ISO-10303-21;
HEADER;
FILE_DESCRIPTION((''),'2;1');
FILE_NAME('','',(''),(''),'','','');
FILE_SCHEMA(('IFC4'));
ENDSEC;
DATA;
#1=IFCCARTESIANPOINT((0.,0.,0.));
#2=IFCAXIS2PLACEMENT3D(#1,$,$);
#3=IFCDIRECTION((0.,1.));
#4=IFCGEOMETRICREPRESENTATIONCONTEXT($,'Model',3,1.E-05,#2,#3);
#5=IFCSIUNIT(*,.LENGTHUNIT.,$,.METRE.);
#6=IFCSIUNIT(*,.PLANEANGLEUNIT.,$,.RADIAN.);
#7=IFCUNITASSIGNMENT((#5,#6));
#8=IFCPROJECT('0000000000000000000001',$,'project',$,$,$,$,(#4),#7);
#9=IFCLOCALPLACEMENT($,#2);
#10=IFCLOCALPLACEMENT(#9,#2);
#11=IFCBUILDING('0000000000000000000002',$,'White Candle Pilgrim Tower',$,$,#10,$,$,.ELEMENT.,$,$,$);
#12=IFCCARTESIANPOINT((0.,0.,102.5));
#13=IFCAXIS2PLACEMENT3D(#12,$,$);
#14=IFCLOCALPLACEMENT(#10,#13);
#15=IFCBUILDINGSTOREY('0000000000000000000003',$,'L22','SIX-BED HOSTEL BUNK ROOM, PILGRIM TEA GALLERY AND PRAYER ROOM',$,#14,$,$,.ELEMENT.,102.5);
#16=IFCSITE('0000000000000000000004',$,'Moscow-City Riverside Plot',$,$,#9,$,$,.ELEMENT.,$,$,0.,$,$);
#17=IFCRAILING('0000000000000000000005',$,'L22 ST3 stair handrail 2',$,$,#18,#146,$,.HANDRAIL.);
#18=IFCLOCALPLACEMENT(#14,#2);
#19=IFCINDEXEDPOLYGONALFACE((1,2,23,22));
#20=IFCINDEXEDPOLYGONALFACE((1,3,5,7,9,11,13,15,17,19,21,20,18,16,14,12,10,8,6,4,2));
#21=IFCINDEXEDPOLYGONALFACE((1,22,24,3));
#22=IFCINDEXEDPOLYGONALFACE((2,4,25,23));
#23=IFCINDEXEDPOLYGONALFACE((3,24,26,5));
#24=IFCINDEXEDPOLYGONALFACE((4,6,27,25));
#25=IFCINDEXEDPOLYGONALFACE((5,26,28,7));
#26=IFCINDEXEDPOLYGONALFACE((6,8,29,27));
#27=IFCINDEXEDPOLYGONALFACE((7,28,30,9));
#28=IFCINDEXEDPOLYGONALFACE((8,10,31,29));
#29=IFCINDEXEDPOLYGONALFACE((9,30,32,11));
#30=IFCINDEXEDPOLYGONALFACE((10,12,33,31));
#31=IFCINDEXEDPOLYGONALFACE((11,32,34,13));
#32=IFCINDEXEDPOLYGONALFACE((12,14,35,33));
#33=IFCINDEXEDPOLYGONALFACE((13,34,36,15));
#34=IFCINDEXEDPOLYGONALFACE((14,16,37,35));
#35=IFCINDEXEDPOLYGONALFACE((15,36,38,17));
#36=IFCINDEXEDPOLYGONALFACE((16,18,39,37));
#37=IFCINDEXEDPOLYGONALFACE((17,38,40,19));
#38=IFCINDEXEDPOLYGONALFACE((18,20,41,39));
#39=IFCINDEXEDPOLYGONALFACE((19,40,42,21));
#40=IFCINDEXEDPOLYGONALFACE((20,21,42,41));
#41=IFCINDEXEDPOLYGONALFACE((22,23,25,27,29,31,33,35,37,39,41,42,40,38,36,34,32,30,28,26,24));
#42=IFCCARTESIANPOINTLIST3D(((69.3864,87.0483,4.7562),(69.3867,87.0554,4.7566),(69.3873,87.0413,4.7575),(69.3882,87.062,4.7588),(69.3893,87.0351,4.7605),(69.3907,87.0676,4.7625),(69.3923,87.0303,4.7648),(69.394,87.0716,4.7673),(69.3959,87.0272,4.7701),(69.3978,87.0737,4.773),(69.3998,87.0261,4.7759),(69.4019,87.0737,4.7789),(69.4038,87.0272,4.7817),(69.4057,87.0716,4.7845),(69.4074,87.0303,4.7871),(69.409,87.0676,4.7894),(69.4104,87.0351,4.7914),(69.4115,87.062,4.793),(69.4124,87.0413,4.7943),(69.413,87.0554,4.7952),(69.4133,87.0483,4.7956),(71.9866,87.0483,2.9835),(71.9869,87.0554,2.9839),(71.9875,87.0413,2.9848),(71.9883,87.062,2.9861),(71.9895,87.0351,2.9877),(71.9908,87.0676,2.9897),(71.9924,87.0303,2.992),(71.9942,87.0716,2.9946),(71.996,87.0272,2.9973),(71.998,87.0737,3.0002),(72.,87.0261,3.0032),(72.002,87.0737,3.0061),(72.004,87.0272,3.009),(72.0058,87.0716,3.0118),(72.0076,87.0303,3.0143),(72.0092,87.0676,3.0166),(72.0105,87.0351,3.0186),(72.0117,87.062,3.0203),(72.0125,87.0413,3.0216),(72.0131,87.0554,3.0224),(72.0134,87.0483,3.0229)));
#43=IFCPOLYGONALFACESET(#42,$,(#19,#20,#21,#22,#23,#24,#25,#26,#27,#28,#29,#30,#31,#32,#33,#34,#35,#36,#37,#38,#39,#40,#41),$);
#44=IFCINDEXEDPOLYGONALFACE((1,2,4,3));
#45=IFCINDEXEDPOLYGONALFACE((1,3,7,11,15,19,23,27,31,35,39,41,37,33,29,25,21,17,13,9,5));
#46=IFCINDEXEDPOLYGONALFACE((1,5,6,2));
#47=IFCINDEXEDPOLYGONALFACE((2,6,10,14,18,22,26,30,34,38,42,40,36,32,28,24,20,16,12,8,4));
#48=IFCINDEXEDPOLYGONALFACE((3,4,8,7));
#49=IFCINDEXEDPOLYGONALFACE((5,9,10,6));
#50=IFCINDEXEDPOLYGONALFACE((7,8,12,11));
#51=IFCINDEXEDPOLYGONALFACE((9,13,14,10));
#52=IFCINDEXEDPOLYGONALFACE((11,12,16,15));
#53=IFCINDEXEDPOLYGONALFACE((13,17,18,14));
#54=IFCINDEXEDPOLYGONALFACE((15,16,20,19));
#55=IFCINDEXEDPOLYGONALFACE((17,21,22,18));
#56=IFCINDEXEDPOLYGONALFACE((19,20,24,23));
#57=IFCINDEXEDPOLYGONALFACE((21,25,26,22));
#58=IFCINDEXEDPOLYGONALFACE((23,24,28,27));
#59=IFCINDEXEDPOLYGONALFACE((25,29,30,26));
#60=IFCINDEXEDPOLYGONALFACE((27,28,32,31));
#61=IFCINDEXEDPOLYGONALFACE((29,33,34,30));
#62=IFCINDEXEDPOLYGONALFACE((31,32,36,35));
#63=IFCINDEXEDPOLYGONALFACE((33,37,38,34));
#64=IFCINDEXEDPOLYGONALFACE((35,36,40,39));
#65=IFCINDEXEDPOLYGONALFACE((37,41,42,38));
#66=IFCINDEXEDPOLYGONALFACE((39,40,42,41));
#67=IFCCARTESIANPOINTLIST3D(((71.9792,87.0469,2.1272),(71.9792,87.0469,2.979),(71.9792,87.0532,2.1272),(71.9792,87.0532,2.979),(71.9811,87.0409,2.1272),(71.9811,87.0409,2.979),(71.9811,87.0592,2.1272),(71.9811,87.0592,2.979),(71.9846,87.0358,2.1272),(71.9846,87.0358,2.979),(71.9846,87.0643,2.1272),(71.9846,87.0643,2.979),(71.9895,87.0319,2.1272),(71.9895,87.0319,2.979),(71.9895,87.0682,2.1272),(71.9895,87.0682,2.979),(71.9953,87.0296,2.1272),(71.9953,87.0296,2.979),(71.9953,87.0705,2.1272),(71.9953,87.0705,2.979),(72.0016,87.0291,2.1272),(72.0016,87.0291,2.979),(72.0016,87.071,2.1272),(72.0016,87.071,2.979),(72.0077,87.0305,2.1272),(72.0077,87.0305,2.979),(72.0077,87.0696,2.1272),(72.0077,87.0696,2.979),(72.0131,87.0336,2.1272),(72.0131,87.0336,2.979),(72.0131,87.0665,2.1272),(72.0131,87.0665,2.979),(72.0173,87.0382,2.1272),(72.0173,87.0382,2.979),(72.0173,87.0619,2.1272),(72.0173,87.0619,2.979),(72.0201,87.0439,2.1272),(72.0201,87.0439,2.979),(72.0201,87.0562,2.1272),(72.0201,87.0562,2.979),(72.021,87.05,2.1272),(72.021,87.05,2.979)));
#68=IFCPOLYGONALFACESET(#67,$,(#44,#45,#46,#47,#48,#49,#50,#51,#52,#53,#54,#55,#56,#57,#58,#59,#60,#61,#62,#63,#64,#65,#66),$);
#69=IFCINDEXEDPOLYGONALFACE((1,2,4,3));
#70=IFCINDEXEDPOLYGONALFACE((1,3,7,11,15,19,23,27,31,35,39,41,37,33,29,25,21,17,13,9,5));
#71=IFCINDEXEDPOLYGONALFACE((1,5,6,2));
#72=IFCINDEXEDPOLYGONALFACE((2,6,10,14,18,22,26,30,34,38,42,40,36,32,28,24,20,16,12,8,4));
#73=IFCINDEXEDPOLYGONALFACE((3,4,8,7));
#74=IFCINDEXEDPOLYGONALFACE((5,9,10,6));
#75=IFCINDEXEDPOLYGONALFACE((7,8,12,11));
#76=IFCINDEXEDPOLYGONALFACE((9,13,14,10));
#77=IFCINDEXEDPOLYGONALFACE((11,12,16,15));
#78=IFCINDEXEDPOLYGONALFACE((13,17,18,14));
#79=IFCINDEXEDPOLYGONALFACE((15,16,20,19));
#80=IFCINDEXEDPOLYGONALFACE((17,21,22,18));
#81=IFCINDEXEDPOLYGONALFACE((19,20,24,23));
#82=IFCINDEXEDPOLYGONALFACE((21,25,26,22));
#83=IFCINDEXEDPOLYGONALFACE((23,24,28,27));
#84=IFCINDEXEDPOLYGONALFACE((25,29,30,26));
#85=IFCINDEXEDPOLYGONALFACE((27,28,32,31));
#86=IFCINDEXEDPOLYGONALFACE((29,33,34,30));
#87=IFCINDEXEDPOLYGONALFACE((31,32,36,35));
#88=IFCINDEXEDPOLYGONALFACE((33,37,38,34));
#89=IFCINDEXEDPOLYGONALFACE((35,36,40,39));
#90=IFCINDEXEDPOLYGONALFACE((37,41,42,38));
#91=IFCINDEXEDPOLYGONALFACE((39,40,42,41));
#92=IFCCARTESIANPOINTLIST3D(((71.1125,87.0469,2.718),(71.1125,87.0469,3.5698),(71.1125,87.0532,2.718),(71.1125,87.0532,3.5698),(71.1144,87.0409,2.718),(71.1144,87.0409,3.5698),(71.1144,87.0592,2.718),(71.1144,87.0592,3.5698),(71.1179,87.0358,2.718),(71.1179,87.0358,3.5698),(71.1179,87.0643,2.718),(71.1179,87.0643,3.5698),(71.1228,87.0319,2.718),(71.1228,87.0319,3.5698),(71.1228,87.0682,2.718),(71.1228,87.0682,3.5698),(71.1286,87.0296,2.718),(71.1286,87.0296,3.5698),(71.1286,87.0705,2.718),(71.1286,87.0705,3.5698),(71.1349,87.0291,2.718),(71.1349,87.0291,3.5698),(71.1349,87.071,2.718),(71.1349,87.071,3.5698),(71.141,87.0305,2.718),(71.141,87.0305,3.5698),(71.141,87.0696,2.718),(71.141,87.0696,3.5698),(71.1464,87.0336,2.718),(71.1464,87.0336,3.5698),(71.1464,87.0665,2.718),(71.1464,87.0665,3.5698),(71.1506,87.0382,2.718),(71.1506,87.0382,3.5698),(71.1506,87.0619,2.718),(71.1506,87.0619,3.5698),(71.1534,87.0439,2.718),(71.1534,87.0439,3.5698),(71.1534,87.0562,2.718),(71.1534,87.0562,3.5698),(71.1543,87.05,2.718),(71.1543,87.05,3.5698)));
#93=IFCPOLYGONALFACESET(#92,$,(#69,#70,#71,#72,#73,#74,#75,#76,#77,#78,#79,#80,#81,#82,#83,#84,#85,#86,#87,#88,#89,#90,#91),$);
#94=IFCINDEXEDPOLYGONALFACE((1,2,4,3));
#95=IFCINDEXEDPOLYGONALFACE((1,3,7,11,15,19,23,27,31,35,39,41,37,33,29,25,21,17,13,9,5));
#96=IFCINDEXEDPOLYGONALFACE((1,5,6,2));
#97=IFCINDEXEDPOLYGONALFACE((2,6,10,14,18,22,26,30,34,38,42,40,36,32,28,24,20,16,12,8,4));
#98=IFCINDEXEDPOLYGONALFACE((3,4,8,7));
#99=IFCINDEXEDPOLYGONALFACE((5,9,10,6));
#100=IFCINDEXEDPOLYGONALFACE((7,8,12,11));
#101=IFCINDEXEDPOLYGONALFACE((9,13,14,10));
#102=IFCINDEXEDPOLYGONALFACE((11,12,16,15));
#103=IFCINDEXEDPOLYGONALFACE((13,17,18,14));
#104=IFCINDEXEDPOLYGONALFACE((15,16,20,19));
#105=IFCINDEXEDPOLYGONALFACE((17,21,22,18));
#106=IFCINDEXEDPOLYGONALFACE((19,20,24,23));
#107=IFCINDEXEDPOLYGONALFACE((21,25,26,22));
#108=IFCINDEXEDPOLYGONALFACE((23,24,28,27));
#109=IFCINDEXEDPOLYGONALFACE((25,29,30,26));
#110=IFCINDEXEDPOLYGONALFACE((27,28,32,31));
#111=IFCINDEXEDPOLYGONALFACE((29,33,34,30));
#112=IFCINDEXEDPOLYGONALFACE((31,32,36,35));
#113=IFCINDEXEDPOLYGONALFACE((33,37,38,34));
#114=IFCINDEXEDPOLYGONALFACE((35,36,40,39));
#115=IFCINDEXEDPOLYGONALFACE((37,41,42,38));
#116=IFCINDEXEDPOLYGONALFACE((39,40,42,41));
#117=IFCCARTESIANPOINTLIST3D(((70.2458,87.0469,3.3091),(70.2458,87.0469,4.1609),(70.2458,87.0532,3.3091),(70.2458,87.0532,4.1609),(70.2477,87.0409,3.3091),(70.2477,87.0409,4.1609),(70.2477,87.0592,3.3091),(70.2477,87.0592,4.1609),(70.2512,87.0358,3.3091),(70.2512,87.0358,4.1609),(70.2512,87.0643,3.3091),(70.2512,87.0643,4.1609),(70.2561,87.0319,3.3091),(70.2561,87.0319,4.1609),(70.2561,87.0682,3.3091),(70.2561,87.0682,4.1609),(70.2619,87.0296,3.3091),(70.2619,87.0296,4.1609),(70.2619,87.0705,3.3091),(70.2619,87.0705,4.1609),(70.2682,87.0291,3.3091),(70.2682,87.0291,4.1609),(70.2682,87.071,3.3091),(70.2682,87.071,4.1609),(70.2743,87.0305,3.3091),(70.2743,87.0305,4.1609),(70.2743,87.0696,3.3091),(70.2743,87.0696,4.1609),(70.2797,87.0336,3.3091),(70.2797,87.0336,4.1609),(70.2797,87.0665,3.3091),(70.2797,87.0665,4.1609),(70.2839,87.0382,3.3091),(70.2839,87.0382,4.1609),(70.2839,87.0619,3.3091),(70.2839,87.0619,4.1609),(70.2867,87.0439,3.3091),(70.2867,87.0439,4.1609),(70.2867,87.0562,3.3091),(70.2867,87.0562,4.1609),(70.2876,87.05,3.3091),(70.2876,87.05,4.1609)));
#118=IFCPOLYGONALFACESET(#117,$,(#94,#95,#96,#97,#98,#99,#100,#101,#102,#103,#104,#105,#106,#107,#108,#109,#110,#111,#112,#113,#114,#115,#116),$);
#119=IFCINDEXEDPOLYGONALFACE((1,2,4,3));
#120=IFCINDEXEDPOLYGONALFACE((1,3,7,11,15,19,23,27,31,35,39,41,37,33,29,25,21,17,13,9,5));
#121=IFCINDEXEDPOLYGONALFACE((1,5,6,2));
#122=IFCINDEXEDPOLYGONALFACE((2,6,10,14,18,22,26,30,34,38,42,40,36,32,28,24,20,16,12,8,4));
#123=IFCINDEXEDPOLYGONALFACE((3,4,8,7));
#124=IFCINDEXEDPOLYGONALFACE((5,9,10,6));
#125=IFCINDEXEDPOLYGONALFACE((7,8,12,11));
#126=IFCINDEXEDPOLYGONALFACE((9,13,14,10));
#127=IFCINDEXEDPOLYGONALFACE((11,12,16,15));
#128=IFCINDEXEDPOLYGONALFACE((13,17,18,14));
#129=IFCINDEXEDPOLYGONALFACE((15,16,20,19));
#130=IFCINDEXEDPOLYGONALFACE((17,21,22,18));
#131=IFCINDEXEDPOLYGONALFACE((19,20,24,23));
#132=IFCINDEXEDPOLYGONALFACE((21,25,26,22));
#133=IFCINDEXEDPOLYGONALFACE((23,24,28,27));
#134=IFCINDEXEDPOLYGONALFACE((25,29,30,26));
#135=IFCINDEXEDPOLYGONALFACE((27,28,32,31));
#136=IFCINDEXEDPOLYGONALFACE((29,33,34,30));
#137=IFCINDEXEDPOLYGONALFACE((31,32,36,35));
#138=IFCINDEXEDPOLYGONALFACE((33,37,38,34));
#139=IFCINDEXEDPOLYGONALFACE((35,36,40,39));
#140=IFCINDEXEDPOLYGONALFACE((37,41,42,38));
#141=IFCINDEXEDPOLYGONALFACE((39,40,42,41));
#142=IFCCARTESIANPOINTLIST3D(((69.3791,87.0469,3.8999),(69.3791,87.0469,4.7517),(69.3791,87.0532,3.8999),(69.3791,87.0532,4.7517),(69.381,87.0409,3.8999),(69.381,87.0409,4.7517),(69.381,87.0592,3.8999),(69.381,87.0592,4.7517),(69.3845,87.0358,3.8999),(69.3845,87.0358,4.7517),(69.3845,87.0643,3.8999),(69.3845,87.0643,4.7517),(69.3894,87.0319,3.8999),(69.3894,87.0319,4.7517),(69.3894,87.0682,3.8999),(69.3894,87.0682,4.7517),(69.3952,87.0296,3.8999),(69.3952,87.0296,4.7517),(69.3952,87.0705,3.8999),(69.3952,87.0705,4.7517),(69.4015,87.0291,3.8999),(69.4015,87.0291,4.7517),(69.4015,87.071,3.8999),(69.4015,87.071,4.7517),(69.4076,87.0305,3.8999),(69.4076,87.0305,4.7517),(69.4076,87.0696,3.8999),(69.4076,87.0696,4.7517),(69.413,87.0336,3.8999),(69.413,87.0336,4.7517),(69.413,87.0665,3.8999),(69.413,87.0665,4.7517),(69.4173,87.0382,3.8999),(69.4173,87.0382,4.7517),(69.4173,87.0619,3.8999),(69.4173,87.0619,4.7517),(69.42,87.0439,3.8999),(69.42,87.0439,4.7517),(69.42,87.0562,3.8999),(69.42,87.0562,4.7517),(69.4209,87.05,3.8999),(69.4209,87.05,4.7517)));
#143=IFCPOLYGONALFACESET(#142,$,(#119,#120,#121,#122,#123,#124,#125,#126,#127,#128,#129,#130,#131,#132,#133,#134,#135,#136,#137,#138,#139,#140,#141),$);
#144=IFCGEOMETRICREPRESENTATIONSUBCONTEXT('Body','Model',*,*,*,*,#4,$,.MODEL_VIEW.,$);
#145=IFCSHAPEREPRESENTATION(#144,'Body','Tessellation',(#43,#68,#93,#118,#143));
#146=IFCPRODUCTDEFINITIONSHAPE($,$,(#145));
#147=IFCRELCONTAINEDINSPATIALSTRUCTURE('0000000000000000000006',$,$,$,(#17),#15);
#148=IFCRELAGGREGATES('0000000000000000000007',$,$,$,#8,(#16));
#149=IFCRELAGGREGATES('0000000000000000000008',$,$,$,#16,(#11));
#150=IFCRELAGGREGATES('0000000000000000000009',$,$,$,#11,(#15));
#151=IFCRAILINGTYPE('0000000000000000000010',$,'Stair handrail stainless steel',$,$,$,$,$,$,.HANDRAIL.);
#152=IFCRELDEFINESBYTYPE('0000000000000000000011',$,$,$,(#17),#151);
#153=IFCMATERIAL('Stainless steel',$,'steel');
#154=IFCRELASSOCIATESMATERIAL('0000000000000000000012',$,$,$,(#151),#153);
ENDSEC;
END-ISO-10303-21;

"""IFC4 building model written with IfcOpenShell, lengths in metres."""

from ifc_helpers import new_model, si_unit, direction, frame, origin, origin_2d, place, context, subcontext, project, spatial, circle, extrude, material, type_object, element, save


model = new_model("IFC4")

# Units and contexts
model_context = context("Model", 3, precision=1e-05, world=origin(), true_north=direction((0.0, 1.0)))
body_context = subcontext(model_context, "Body", "Model", "MODEL_VIEW")
ifc_project = project(units=[si_unit("LENGTHUNIT", "METRE"), si_unit("PLANEANGLEUNIT", "RADIAN")], contexts=[model_context])

# Site, building, storey
site_placement = place(None, origin())
site = spatial("IfcSite", under=ifc_project, at=site_placement, Name="Moscow-City Riverside Plot", CompositionType="ELEMENT", RefElevation=0.0)
building_placement = place(site_placement, origin())
building = spatial("IfcBuilding", under=site, at=building_placement, Name="White Candle Pilgrim Tower", CompositionType="ELEMENT")
storey_placement = place(building_placement, frame((0.0, 0.0, 102.5)))
storey = spatial("IfcBuildingStorey", under=building, at=storey_placement, Name="L22", Description="SIX-BED HOSTEL BUNK ROOM, PILGRIM TEA GALLERY AND PRAYER ROOM", CompositionType="ELEMENT", Elevation=102.5)

# Railing
ifc_material_1 = material(Name="Stainless steel", Category="steel")
railing_type_1 = type_object("IfcRailingType", Name="Stair handrail stainless steel", PredefinedType="HANDRAIL", material=ifc_material_1)
railing_1_placement = place(storey_placement, frame((72.0, 87.05, 2.1272)))
element("IfcRailing", 1, at=railing_1_placement, inside=storey, type_object=railing_type_1, Name="L22 ST3 stair handrail 2", PredefinedType="HANDRAIL", context=body_context, shape_type="SweptSolid", body=[
    extrude(circle(Radius=0.0239, at=origin_2d()), frame((0.0, 0.0, 0.876), z_axis=(-0.82624, 0.0, 0.563318), x_axis=(0.0, -1.0, 0.0)), (0.0, 0.0, 1.0), 3.147),
    extrude(circle(Radius=0.021, at=origin_2d()), origin(), (0.0, 0.0, 1.0), 0.8518),
    extrude(circle(Radius=0.021, at=origin_2d()), frame((-0.8667, 0.0, 0.5908)), (0.0, 0.0, 1.0), 0.8518),
    extrude(circle(Radius=0.021, at=origin_2d()), frame((-1.7334, 0.0, 1.1819)), (0.0, 0.0, 1.0), 0.8518),
    extrude(circle(Radius=0.021, at=origin_2d()), frame((-2.6001, 0.0, 1.7727)), (0.0, 0.0, 1.0), 0.8518),
])

save(model, "model.ifc")
